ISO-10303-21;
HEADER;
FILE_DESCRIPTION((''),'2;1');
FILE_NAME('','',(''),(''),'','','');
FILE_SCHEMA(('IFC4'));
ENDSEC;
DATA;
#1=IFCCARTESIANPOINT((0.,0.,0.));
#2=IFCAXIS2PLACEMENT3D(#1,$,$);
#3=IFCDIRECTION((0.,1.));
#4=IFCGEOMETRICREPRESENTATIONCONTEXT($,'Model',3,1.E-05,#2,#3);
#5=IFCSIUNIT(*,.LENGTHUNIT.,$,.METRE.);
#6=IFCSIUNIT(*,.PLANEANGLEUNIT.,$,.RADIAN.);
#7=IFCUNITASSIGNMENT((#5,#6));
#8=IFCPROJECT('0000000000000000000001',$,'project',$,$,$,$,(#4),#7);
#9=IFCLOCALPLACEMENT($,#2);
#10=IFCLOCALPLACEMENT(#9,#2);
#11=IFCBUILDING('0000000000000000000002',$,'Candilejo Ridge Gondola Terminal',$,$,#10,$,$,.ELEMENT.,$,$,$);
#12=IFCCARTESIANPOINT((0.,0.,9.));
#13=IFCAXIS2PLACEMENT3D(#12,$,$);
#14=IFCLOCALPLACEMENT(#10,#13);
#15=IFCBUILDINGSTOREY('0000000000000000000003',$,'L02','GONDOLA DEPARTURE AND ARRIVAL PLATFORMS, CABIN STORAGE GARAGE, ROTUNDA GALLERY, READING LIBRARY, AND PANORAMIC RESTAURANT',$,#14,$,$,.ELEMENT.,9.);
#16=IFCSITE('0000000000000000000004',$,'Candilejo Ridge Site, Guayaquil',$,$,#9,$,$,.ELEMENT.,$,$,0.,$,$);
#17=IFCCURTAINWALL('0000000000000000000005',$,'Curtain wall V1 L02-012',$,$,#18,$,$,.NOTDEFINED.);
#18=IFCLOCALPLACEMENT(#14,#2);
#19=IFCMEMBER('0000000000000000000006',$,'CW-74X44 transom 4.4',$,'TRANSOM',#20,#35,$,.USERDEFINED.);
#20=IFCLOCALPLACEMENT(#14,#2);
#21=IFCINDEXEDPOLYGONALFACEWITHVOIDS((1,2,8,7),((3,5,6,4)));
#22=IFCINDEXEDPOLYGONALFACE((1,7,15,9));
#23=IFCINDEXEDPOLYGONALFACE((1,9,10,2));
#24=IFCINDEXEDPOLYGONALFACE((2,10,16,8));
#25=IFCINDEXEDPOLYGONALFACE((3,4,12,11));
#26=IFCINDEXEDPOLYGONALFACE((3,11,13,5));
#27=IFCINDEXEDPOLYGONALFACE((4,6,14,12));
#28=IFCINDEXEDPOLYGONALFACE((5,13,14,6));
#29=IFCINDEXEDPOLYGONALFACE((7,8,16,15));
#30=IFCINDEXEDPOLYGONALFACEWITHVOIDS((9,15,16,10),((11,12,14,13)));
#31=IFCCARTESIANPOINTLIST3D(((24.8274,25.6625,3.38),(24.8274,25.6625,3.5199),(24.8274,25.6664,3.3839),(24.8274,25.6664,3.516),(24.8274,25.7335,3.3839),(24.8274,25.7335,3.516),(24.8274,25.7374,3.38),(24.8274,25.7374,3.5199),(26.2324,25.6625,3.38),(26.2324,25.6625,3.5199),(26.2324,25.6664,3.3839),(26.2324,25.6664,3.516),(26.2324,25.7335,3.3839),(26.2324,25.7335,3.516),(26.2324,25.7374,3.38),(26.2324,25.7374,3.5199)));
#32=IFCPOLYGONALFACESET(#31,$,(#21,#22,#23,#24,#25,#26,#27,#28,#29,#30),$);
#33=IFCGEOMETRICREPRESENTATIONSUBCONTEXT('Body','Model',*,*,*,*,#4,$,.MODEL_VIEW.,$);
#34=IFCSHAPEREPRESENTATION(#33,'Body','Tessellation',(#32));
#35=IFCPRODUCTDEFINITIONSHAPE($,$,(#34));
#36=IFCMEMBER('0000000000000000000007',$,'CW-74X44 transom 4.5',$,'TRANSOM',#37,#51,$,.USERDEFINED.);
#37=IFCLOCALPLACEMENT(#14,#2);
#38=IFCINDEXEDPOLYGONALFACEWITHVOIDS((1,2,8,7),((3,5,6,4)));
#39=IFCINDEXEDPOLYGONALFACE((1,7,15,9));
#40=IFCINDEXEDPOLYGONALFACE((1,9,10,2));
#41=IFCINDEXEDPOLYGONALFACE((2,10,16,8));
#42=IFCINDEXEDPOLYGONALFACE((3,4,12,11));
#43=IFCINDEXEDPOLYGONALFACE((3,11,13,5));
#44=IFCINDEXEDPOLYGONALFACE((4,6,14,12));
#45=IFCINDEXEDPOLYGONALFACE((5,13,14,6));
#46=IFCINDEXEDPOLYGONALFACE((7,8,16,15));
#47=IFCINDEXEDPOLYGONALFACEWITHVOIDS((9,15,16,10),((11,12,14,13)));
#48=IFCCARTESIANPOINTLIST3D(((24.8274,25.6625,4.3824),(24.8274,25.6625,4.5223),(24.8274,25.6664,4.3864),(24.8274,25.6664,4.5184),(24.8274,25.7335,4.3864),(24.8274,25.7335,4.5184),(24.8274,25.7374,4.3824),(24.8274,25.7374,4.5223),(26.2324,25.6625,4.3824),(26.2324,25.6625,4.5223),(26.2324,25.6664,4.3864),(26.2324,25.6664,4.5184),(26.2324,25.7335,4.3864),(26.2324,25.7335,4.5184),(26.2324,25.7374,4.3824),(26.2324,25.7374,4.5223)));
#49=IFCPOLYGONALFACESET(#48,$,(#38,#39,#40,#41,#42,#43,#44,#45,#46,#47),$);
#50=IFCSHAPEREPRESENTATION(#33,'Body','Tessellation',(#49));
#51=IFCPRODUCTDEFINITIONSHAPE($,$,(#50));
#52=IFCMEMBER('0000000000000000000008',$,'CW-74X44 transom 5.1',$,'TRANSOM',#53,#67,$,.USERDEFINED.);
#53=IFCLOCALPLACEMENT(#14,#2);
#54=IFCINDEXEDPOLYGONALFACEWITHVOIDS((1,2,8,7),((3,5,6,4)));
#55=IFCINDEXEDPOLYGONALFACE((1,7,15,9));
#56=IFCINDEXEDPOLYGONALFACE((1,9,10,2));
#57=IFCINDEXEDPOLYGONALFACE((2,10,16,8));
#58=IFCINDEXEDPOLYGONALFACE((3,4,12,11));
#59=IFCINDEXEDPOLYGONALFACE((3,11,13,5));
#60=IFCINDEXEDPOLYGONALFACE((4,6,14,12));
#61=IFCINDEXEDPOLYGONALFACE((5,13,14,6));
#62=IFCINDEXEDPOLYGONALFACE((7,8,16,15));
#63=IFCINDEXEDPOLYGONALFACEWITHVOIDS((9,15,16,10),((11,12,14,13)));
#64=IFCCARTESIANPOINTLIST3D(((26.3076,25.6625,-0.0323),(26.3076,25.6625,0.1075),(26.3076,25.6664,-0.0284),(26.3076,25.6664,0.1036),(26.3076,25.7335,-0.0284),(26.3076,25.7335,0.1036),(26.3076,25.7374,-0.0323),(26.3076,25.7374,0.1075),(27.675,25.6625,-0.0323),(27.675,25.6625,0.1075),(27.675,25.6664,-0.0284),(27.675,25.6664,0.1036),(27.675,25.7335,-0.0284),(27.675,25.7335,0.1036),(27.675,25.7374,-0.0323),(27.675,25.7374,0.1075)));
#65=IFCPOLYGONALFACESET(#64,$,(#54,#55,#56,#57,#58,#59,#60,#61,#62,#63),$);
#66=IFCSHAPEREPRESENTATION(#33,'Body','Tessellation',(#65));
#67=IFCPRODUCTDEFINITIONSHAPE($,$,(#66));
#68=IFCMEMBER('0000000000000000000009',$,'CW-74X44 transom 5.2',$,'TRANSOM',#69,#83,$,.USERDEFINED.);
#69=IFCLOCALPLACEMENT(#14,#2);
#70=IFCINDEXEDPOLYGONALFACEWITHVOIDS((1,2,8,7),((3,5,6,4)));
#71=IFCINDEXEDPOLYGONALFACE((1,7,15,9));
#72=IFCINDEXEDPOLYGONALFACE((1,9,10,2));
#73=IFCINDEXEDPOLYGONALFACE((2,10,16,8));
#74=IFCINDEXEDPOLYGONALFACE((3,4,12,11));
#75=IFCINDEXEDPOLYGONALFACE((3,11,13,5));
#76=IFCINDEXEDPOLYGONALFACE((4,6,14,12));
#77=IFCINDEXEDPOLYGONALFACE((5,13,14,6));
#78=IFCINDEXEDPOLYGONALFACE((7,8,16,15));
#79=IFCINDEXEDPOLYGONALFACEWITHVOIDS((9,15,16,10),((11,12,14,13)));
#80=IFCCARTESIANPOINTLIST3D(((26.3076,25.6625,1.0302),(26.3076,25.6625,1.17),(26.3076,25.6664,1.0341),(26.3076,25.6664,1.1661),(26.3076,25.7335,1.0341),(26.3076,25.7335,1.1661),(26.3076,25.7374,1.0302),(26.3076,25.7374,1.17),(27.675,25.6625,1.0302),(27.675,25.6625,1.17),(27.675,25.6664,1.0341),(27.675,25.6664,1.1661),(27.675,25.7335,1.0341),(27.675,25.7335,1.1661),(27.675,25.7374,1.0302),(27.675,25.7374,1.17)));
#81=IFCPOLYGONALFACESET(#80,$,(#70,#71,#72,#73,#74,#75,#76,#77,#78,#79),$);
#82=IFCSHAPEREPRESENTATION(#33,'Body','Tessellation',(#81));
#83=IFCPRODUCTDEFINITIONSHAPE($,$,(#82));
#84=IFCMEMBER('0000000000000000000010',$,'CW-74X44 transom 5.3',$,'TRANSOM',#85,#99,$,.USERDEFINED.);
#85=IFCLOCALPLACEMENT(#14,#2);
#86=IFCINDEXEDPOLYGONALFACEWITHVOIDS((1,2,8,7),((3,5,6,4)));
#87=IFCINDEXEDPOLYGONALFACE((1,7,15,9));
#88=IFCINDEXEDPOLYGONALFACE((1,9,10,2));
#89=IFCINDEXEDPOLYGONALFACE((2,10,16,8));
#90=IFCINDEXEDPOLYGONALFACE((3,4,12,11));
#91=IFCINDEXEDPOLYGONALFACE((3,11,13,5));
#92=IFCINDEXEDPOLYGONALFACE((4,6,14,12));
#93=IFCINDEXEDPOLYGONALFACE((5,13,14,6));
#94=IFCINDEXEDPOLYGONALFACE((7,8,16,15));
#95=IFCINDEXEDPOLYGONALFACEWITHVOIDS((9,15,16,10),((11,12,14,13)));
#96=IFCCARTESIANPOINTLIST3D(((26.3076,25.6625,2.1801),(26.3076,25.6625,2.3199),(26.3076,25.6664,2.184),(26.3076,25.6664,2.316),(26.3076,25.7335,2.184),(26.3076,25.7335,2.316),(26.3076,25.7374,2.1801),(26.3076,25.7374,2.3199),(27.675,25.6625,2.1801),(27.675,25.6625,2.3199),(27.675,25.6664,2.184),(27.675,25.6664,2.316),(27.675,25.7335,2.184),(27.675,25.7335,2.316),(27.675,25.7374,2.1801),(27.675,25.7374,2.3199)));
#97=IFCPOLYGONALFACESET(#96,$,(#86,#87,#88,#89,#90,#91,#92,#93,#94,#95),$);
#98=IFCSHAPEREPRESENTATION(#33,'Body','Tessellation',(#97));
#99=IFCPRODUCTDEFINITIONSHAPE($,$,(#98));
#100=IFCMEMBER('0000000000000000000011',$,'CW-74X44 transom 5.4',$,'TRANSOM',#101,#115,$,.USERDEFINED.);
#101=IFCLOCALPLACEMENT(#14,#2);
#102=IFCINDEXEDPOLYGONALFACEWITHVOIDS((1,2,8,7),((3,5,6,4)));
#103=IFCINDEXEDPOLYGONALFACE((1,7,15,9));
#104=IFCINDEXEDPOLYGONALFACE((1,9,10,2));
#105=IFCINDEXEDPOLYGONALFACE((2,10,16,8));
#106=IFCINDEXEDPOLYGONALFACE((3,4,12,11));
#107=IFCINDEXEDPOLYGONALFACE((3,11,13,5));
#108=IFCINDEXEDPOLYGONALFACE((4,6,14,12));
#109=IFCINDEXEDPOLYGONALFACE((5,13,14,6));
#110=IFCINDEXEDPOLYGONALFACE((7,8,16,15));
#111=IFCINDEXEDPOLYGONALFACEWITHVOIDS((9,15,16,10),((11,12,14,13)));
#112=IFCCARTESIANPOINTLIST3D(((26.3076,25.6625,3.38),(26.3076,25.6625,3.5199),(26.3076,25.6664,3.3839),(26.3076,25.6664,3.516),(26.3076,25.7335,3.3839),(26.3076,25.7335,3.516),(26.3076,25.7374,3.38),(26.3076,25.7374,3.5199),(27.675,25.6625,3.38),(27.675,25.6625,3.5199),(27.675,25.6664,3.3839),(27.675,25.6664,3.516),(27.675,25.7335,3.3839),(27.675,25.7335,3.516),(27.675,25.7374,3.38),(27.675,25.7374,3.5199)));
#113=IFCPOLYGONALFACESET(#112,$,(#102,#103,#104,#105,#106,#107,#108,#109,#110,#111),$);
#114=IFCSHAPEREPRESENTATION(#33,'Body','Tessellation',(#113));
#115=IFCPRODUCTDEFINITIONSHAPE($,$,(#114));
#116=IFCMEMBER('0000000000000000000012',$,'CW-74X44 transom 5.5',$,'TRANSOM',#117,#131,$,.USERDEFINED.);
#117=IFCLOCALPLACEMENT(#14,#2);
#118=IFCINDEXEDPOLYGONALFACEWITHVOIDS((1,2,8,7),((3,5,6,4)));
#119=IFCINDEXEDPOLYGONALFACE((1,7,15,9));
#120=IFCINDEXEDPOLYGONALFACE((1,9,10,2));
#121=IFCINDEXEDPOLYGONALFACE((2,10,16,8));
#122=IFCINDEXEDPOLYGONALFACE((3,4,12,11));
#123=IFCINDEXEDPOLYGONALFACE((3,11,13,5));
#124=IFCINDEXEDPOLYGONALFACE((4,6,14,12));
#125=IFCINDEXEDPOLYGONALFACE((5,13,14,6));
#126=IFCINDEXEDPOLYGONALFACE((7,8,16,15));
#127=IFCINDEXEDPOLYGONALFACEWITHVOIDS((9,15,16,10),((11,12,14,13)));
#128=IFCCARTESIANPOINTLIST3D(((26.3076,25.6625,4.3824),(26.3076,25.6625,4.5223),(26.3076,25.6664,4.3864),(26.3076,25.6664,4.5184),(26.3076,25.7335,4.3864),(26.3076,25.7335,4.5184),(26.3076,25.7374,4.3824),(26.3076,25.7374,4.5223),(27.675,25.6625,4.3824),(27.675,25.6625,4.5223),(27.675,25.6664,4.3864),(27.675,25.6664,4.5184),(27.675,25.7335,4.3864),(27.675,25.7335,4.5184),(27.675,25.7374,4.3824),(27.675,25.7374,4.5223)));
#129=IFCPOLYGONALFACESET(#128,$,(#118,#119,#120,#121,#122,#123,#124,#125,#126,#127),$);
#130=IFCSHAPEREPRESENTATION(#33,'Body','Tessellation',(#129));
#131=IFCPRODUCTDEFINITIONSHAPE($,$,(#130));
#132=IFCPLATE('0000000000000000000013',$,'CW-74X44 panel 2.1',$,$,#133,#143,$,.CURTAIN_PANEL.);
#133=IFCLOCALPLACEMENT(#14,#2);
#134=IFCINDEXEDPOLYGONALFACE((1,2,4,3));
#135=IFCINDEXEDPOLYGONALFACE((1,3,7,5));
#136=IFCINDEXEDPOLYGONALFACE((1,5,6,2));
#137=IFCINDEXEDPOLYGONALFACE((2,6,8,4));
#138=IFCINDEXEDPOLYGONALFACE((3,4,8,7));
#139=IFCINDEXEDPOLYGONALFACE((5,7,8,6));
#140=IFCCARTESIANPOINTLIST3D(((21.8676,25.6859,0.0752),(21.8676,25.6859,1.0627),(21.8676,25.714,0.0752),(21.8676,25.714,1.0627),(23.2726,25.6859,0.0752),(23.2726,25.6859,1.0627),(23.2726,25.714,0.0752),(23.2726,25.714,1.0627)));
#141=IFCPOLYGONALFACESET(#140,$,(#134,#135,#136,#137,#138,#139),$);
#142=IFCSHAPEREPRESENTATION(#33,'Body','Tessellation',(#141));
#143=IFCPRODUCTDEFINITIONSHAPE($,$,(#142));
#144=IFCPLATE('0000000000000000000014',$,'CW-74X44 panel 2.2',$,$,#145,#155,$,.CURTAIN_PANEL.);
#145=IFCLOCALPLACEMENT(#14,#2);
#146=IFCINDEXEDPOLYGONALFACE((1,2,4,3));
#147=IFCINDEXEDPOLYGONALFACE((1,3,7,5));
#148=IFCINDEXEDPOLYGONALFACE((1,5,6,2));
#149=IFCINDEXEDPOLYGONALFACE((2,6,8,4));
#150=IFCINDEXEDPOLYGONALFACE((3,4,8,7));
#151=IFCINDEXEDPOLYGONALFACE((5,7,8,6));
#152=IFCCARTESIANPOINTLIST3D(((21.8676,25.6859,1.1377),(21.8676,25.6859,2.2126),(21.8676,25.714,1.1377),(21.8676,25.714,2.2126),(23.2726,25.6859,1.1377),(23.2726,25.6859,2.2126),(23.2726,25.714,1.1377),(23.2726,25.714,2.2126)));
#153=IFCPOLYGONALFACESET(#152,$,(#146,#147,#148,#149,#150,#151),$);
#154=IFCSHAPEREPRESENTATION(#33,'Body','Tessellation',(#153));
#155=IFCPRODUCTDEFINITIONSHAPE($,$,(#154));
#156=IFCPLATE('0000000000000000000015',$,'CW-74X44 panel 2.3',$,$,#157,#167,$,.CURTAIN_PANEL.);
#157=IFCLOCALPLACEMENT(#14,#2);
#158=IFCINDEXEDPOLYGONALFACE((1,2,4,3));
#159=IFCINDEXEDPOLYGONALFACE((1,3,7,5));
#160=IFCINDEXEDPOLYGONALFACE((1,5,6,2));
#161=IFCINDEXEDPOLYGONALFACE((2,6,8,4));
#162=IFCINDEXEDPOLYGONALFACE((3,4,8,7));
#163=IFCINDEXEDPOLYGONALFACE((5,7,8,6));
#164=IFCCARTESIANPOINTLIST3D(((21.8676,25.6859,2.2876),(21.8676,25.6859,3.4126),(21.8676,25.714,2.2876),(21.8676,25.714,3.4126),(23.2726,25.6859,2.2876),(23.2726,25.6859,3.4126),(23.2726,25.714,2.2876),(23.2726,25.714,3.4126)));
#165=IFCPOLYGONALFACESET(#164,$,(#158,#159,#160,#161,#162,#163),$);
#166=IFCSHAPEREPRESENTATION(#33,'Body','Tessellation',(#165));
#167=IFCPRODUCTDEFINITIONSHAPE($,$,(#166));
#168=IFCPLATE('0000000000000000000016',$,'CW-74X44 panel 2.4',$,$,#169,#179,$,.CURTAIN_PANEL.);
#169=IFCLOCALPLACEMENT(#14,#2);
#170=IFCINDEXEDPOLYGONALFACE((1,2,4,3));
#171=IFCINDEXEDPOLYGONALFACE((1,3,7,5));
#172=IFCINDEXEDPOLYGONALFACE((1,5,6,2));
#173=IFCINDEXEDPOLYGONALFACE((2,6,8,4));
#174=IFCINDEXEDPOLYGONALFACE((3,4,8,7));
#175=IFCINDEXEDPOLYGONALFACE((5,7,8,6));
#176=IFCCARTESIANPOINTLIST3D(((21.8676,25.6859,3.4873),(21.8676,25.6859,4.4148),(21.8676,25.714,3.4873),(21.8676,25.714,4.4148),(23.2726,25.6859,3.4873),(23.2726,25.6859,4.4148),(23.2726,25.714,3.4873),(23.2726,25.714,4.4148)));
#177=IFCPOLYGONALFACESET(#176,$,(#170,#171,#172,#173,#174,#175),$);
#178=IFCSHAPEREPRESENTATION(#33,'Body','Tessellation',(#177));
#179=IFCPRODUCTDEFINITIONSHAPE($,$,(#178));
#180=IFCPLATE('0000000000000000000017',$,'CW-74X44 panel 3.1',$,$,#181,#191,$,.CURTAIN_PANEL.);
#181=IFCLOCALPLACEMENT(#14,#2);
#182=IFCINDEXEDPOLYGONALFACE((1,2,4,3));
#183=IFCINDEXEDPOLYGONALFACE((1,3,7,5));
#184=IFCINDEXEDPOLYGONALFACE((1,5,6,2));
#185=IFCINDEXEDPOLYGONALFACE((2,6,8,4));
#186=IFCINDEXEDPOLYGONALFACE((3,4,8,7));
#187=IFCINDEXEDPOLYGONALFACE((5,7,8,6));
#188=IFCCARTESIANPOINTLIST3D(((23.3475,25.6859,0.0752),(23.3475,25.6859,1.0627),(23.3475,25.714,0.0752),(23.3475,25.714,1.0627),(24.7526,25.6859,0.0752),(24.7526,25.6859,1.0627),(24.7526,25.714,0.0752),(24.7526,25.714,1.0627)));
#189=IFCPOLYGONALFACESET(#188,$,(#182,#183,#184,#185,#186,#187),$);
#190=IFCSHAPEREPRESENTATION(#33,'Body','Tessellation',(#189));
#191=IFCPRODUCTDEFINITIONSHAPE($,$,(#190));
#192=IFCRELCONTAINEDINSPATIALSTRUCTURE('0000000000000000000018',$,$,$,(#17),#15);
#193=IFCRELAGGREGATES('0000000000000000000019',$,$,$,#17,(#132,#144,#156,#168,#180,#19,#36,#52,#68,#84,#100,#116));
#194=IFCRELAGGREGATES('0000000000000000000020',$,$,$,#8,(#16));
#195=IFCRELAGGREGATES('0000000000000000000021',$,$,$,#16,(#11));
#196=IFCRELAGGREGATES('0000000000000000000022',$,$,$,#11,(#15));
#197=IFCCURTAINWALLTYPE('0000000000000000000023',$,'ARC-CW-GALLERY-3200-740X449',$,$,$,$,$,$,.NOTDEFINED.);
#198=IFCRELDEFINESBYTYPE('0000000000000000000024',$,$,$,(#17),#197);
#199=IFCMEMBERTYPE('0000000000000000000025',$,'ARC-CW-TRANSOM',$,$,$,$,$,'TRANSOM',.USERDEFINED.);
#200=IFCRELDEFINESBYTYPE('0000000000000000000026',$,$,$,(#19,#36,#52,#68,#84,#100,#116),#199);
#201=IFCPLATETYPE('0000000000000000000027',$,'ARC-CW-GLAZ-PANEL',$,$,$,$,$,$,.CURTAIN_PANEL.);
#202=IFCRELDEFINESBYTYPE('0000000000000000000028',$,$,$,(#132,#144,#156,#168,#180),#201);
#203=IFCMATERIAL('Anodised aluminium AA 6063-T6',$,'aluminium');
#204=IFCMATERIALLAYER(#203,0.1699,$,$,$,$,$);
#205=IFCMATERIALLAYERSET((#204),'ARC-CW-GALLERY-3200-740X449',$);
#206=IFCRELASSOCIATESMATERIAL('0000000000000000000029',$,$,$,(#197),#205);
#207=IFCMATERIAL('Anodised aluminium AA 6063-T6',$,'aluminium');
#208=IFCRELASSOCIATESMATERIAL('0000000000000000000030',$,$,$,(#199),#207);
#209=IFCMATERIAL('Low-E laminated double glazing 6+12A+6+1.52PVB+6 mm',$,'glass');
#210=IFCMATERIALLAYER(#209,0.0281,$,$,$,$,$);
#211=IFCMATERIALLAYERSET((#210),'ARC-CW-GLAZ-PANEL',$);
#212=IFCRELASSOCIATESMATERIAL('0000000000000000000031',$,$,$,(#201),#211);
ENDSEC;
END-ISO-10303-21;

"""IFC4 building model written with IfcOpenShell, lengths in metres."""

from ifc_helpers import new_model, si_unit, direction, frame, origin, origin_2d, place, context, subcontext, project, spatial, rectangle, hollow_rectangle, extrude, material, layer, layer_set, material_profile, profile_set, type_object, element, aggregate, save


model = new_model("IFC4")

# Units and contexts
model_context = context("Model", 3, precision=1e-05, world=origin(), true_north=direction((0.0, 1.0)))
body_context = subcontext(model_context, "Body", "Model", "MODEL_VIEW")
ifc_project = project(units=[si_unit("LENGTHUNIT", "METRE"), si_unit("PLANEANGLEUNIT", "RADIAN")], contexts=[model_context])

# Site, building, storey
site_placement = place(None, origin())
site = spatial("IfcSite", under=ifc_project, at=site_placement, Name="Candilejo Ridge Site, Guayaquil", CompositionType="ELEMENT", RefElevation=0.0)
building_placement = place(site_placement, origin())
building = spatial("IfcBuilding", under=site, at=building_placement, Name="Candilejo Ridge Gondola Terminal", CompositionType="ELEMENT")
storey_placement = place(building_placement, frame((0.0, 0.0, 9.0)))
storey = spatial("IfcBuildingStorey", under=building, at=storey_placement, Name="L02", Description="GONDOLA DEPARTURE AND ARRIVAL PLATFORMS, CABIN STORAGE GARAGE, ROTUNDA GALLERY, READING LIBRARY, AND PANORAMIC RESTAURANT", CompositionType="ELEMENT", Elevation=9.0)

# Curtain wall, members, plates
ifc_material_1 = material(Name="Anodised aluminium AA 6063-T6", Category="aluminium")
ifc_layer_1 = layer(ifc_material_1, 0.1699)
ifc_layer_set_1 = layer_set([ifc_layer_1], Name="ARC-CW-GALLERY-3200-740X449")
curtain_wall_type = type_object("IfcCurtainWallType", Name="ARC-CW-GALLERY-3200-740X449", PredefinedType="NOTDEFINED", material=ifc_layer_set_1)
curtain_wall_placement = place(storey_placement, origin())
curtain_wall = element("IfcCurtainWall", 1, at=curtain_wall_placement, inside=storey, type_object=curtain_wall_type, Name="Curtain wall V1 L02-012", PredefinedType="NOTDEFINED")
ifc_material_2 = material(Name="Anodised aluminium AA 6063-T6", Category="aluminium")
ifc_material_profile_1 = material_profile(ifc_material_2, hollow_rectangle(XDim=0.075, YDim=0.1399, WallThickness=0.0039, at=origin_2d()))
ifc_profile_set_1 = profile_set([ifc_material_profile_1], Name="Anodised aluminium AA 6063-T6")
member_type_1 = type_object("IfcMemberType", Name="ARC-CW-TRANSOM", ElementType="TRANSOM", PredefinedType="USERDEFINED", material=ifc_profile_set_1)
member_1_placement = place(storey_placement, frame((24.8274, 25.7, 3.45), z_axis=(1.0, 0.0, 0.0), x_axis=(0.0, 1.0, 0.0)))
member_1 = element("IfcMember", 2, at=member_1_placement, type_object=member_type_1, Name="CW-74X44 transom 4.4", ObjectType="TRANSOM", PredefinedType="USERDEFINED", context=body_context, shape_type="SweptSolid", body=[
    extrude(hollow_rectangle(XDim=0.075, YDim=0.1399, WallThickness=0.0039, at=origin_2d()), origin(), (0.0, 0.0, 1.0), 1.405),
])
member_2_placement = place(storey_placement, frame((24.8274, 25.7, 4.4524), z_axis=(1.0, 0.0, 0.0), x_axis=(0.0, 1.0, 0.0)))
member_2 = element("IfcMember", 3, at=member_2_placement, type_object=member_type_1, Name="CW-74X44 transom 4.5", ObjectType="TRANSOM", PredefinedType="USERDEFINED", context=body_context, shape_type="SweptSolid", body=[
    extrude(hollow_rectangle(XDim=0.075, YDim=0.1399, WallThickness=0.0039, at=origin_2d()), origin(), (0.0, 0.0, 1.0), 1.405),
])
member_3_placement = place(storey_placement, frame((26.3076, 25.7, 0.0376), z_axis=(1.0, 0.0, 0.0), x_axis=(0.0, 1.0, 0.0)))
member_3 = element("IfcMember", 4, at=member_3_placement, type_object=member_type_1, Name="CW-74X44 transom 5.1", ObjectType="TRANSOM", PredefinedType="USERDEFINED", context=body_context, shape_type="SweptSolid", body=[
    extrude(hollow_rectangle(XDim=0.075, YDim=0.1399, WallThickness=0.0039, at=origin_2d()), origin(), (0.0, 0.0, 1.0), 1.3674),
])
member_4_placement = place(storey_placement, frame((26.3076, 25.7, 1.1001), z_axis=(1.0, 0.0, 0.0), x_axis=(0.0, 1.0, 0.0)))
member_4 = element("IfcMember", 5, at=member_4_placement, type_object=member_type_1, Name="CW-74X44 transom 5.2", ObjectType="TRANSOM", PredefinedType="USERDEFINED", context=body_context, shape_type="SweptSolid", body=[
    extrude(hollow_rectangle(XDim=0.075, YDim=0.1399, WallThickness=0.0039, at=origin_2d()), origin(), (0.0, 0.0, 1.0), 1.3674),
])
member_5_placement = place(storey_placement, frame((26.3076, 25.7, 2.25), z_axis=(1.0, 0.0, 0.0), x_axis=(0.0, 1.0, 0.0)))
member_5 = element("IfcMember", 6, at=member_5_placement, type_object=member_type_1, Name="CW-74X44 transom 5.3", ObjectType="TRANSOM", PredefinedType="USERDEFINED", context=body_context, shape_type="SweptSolid", body=[
    extrude(hollow_rectangle(XDim=0.075, YDim=0.1399, WallThickness=0.0039, at=origin_2d()), origin(), (0.0, 0.0, 1.0), 1.3674),
])
member_6_placement = place(storey_placement, frame((26.3076, 25.7, 3.45), z_axis=(1.0, 0.0, 0.0), x_axis=(0.0, 1.0, 0.0)))
member_6 = element("IfcMember", 7, at=member_6_placement, type_object=member_type_1, Name="CW-74X44 transom 5.4", ObjectType="TRANSOM", PredefinedType="USERDEFINED", context=body_context, shape_type="SweptSolid", body=[
    extrude(hollow_rectangle(XDim=0.075, YDim=0.1399, WallThickness=0.0039, at=origin_2d()), origin(), (0.0, 0.0, 1.0), 1.3674),
])
member_7_placement = place(storey_placement, frame((26.3076, 25.7, 4.4524), z_axis=(1.0, 0.0, 0.0), x_axis=(0.0, 1.0, 0.0)))
member_7 = element("IfcMember", 8, at=member_7_placement, type_object=member_type_1, Name="CW-74X44 transom 5.5", ObjectType="TRANSOM", PredefinedType="USERDEFINED", context=body_context, shape_type="SweptSolid", body=[
    extrude(hollow_rectangle(XDim=0.075, YDim=0.1399, WallThickness=0.0039, at=origin_2d()), origin(), (0.0, 0.0, 1.0), 1.3674),
])
ifc_material_3 = material(Name="Low-E laminated double glazing 6+12A+6+1.52PVB+6 mm", Category="glass")
ifc_layer_2 = layer(ifc_material_3, 0.0281)
ifc_layer_set_2 = layer_set([ifc_layer_2], Name="ARC-CW-GLAZ-PANEL")
plate_type = type_object("IfcPlateType", Name="ARC-CW-GLAZ-PANEL", PredefinedType="CURTAIN_PANEL", material=ifc_layer_set_2)
plate_1_placement = place(storey_placement, frame((22.5701, 25.7, 0.0752), z_axis=(0.0, 0.0, 1.0), x_axis=(1.0, 0.0, 0.0)))
plate_1 = element("IfcPlate", 9, at=plate_1_placement, type_object=plate_type, Name="CW-74X44 panel 2.1", PredefinedType="CURTAIN_PANEL", context=body_context, shape_type="SweptSolid", body=[
    extrude(rectangle(XDim=1.405, YDim=0.0281, at=origin_2d()), origin(), (0.0, 0.0, 1.0), 0.9875),
])
plate_2_placement = place(storey_placement, frame((22.5701, 25.7, 1.1377), z_axis=(0.0, 0.0, 1.0), x_axis=(1.0, 0.0, 0.0)))
plate_2 = element("IfcPlate", 10, at=plate_2_placement, type_object=plate_type, Name="CW-74X44 panel 2.2", PredefinedType="CURTAIN_PANEL", context=body_context, shape_type="SweptSolid", body=[
    extrude(rectangle(XDim=1.405, YDim=0.0281, at=origin_2d()), origin(), (0.0, 0.0, 1.0), 1.075),
])
plate_3_placement = place(storey_placement, frame((22.5701, 25.7, 2.2876), z_axis=(0.0, 0.0, 1.0), x_axis=(1.0, 0.0, 0.0)))
plate_3 = element("IfcPlate", 11, at=plate_3_placement, type_object=plate_type, Name="CW-74X44 panel 2.3", PredefinedType="CURTAIN_PANEL", context=body_context, shape_type="SweptSolid", body=[
    extrude(rectangle(XDim=1.405, YDim=0.0281, at=origin_2d()), origin(), (0.0, 0.0, 1.0), 1.125),
])
plate_4_placement = place(storey_placement, frame((22.5701, 25.7, 3.4873), z_axis=(0.0, 0.0, 1.0), x_axis=(1.0, 0.0, 0.0)))
plate_4 = element("IfcPlate", 12, at=plate_4_placement, type_object=plate_type, Name="CW-74X44 panel 2.4", PredefinedType="CURTAIN_PANEL", context=body_context, shape_type="SweptSolid", body=[
    extrude(rectangle(XDim=1.405, YDim=0.0281, at=origin_2d()), origin(), (0.0, 0.0, 1.0), 0.9275),
])
plate_5_placement = place(storey_placement, frame((24.05, 25.7, 0.0752), z_axis=(0.0, 0.0, 1.0), x_axis=(1.0, 0.0, 0.0)))
plate_5 = element("IfcPlate", 13, at=plate_5_placement, type_object=plate_type, Name="CW-74X44 panel 3.1", PredefinedType="CURTAIN_PANEL", context=body_context, shape_type="SweptSolid", body=[
    extrude(rectangle(XDim=1.405, YDim=0.0281, at=origin_2d()), origin(), (0.0, 0.0, 1.0), 0.9875),
])
aggregate(curtain_wall, [plate_1, plate_2, plate_3, plate_4, plate_5, member_1, member_2, member_3, member_4, member_5, member_6, member_7])

save(model, "model.ifc")
